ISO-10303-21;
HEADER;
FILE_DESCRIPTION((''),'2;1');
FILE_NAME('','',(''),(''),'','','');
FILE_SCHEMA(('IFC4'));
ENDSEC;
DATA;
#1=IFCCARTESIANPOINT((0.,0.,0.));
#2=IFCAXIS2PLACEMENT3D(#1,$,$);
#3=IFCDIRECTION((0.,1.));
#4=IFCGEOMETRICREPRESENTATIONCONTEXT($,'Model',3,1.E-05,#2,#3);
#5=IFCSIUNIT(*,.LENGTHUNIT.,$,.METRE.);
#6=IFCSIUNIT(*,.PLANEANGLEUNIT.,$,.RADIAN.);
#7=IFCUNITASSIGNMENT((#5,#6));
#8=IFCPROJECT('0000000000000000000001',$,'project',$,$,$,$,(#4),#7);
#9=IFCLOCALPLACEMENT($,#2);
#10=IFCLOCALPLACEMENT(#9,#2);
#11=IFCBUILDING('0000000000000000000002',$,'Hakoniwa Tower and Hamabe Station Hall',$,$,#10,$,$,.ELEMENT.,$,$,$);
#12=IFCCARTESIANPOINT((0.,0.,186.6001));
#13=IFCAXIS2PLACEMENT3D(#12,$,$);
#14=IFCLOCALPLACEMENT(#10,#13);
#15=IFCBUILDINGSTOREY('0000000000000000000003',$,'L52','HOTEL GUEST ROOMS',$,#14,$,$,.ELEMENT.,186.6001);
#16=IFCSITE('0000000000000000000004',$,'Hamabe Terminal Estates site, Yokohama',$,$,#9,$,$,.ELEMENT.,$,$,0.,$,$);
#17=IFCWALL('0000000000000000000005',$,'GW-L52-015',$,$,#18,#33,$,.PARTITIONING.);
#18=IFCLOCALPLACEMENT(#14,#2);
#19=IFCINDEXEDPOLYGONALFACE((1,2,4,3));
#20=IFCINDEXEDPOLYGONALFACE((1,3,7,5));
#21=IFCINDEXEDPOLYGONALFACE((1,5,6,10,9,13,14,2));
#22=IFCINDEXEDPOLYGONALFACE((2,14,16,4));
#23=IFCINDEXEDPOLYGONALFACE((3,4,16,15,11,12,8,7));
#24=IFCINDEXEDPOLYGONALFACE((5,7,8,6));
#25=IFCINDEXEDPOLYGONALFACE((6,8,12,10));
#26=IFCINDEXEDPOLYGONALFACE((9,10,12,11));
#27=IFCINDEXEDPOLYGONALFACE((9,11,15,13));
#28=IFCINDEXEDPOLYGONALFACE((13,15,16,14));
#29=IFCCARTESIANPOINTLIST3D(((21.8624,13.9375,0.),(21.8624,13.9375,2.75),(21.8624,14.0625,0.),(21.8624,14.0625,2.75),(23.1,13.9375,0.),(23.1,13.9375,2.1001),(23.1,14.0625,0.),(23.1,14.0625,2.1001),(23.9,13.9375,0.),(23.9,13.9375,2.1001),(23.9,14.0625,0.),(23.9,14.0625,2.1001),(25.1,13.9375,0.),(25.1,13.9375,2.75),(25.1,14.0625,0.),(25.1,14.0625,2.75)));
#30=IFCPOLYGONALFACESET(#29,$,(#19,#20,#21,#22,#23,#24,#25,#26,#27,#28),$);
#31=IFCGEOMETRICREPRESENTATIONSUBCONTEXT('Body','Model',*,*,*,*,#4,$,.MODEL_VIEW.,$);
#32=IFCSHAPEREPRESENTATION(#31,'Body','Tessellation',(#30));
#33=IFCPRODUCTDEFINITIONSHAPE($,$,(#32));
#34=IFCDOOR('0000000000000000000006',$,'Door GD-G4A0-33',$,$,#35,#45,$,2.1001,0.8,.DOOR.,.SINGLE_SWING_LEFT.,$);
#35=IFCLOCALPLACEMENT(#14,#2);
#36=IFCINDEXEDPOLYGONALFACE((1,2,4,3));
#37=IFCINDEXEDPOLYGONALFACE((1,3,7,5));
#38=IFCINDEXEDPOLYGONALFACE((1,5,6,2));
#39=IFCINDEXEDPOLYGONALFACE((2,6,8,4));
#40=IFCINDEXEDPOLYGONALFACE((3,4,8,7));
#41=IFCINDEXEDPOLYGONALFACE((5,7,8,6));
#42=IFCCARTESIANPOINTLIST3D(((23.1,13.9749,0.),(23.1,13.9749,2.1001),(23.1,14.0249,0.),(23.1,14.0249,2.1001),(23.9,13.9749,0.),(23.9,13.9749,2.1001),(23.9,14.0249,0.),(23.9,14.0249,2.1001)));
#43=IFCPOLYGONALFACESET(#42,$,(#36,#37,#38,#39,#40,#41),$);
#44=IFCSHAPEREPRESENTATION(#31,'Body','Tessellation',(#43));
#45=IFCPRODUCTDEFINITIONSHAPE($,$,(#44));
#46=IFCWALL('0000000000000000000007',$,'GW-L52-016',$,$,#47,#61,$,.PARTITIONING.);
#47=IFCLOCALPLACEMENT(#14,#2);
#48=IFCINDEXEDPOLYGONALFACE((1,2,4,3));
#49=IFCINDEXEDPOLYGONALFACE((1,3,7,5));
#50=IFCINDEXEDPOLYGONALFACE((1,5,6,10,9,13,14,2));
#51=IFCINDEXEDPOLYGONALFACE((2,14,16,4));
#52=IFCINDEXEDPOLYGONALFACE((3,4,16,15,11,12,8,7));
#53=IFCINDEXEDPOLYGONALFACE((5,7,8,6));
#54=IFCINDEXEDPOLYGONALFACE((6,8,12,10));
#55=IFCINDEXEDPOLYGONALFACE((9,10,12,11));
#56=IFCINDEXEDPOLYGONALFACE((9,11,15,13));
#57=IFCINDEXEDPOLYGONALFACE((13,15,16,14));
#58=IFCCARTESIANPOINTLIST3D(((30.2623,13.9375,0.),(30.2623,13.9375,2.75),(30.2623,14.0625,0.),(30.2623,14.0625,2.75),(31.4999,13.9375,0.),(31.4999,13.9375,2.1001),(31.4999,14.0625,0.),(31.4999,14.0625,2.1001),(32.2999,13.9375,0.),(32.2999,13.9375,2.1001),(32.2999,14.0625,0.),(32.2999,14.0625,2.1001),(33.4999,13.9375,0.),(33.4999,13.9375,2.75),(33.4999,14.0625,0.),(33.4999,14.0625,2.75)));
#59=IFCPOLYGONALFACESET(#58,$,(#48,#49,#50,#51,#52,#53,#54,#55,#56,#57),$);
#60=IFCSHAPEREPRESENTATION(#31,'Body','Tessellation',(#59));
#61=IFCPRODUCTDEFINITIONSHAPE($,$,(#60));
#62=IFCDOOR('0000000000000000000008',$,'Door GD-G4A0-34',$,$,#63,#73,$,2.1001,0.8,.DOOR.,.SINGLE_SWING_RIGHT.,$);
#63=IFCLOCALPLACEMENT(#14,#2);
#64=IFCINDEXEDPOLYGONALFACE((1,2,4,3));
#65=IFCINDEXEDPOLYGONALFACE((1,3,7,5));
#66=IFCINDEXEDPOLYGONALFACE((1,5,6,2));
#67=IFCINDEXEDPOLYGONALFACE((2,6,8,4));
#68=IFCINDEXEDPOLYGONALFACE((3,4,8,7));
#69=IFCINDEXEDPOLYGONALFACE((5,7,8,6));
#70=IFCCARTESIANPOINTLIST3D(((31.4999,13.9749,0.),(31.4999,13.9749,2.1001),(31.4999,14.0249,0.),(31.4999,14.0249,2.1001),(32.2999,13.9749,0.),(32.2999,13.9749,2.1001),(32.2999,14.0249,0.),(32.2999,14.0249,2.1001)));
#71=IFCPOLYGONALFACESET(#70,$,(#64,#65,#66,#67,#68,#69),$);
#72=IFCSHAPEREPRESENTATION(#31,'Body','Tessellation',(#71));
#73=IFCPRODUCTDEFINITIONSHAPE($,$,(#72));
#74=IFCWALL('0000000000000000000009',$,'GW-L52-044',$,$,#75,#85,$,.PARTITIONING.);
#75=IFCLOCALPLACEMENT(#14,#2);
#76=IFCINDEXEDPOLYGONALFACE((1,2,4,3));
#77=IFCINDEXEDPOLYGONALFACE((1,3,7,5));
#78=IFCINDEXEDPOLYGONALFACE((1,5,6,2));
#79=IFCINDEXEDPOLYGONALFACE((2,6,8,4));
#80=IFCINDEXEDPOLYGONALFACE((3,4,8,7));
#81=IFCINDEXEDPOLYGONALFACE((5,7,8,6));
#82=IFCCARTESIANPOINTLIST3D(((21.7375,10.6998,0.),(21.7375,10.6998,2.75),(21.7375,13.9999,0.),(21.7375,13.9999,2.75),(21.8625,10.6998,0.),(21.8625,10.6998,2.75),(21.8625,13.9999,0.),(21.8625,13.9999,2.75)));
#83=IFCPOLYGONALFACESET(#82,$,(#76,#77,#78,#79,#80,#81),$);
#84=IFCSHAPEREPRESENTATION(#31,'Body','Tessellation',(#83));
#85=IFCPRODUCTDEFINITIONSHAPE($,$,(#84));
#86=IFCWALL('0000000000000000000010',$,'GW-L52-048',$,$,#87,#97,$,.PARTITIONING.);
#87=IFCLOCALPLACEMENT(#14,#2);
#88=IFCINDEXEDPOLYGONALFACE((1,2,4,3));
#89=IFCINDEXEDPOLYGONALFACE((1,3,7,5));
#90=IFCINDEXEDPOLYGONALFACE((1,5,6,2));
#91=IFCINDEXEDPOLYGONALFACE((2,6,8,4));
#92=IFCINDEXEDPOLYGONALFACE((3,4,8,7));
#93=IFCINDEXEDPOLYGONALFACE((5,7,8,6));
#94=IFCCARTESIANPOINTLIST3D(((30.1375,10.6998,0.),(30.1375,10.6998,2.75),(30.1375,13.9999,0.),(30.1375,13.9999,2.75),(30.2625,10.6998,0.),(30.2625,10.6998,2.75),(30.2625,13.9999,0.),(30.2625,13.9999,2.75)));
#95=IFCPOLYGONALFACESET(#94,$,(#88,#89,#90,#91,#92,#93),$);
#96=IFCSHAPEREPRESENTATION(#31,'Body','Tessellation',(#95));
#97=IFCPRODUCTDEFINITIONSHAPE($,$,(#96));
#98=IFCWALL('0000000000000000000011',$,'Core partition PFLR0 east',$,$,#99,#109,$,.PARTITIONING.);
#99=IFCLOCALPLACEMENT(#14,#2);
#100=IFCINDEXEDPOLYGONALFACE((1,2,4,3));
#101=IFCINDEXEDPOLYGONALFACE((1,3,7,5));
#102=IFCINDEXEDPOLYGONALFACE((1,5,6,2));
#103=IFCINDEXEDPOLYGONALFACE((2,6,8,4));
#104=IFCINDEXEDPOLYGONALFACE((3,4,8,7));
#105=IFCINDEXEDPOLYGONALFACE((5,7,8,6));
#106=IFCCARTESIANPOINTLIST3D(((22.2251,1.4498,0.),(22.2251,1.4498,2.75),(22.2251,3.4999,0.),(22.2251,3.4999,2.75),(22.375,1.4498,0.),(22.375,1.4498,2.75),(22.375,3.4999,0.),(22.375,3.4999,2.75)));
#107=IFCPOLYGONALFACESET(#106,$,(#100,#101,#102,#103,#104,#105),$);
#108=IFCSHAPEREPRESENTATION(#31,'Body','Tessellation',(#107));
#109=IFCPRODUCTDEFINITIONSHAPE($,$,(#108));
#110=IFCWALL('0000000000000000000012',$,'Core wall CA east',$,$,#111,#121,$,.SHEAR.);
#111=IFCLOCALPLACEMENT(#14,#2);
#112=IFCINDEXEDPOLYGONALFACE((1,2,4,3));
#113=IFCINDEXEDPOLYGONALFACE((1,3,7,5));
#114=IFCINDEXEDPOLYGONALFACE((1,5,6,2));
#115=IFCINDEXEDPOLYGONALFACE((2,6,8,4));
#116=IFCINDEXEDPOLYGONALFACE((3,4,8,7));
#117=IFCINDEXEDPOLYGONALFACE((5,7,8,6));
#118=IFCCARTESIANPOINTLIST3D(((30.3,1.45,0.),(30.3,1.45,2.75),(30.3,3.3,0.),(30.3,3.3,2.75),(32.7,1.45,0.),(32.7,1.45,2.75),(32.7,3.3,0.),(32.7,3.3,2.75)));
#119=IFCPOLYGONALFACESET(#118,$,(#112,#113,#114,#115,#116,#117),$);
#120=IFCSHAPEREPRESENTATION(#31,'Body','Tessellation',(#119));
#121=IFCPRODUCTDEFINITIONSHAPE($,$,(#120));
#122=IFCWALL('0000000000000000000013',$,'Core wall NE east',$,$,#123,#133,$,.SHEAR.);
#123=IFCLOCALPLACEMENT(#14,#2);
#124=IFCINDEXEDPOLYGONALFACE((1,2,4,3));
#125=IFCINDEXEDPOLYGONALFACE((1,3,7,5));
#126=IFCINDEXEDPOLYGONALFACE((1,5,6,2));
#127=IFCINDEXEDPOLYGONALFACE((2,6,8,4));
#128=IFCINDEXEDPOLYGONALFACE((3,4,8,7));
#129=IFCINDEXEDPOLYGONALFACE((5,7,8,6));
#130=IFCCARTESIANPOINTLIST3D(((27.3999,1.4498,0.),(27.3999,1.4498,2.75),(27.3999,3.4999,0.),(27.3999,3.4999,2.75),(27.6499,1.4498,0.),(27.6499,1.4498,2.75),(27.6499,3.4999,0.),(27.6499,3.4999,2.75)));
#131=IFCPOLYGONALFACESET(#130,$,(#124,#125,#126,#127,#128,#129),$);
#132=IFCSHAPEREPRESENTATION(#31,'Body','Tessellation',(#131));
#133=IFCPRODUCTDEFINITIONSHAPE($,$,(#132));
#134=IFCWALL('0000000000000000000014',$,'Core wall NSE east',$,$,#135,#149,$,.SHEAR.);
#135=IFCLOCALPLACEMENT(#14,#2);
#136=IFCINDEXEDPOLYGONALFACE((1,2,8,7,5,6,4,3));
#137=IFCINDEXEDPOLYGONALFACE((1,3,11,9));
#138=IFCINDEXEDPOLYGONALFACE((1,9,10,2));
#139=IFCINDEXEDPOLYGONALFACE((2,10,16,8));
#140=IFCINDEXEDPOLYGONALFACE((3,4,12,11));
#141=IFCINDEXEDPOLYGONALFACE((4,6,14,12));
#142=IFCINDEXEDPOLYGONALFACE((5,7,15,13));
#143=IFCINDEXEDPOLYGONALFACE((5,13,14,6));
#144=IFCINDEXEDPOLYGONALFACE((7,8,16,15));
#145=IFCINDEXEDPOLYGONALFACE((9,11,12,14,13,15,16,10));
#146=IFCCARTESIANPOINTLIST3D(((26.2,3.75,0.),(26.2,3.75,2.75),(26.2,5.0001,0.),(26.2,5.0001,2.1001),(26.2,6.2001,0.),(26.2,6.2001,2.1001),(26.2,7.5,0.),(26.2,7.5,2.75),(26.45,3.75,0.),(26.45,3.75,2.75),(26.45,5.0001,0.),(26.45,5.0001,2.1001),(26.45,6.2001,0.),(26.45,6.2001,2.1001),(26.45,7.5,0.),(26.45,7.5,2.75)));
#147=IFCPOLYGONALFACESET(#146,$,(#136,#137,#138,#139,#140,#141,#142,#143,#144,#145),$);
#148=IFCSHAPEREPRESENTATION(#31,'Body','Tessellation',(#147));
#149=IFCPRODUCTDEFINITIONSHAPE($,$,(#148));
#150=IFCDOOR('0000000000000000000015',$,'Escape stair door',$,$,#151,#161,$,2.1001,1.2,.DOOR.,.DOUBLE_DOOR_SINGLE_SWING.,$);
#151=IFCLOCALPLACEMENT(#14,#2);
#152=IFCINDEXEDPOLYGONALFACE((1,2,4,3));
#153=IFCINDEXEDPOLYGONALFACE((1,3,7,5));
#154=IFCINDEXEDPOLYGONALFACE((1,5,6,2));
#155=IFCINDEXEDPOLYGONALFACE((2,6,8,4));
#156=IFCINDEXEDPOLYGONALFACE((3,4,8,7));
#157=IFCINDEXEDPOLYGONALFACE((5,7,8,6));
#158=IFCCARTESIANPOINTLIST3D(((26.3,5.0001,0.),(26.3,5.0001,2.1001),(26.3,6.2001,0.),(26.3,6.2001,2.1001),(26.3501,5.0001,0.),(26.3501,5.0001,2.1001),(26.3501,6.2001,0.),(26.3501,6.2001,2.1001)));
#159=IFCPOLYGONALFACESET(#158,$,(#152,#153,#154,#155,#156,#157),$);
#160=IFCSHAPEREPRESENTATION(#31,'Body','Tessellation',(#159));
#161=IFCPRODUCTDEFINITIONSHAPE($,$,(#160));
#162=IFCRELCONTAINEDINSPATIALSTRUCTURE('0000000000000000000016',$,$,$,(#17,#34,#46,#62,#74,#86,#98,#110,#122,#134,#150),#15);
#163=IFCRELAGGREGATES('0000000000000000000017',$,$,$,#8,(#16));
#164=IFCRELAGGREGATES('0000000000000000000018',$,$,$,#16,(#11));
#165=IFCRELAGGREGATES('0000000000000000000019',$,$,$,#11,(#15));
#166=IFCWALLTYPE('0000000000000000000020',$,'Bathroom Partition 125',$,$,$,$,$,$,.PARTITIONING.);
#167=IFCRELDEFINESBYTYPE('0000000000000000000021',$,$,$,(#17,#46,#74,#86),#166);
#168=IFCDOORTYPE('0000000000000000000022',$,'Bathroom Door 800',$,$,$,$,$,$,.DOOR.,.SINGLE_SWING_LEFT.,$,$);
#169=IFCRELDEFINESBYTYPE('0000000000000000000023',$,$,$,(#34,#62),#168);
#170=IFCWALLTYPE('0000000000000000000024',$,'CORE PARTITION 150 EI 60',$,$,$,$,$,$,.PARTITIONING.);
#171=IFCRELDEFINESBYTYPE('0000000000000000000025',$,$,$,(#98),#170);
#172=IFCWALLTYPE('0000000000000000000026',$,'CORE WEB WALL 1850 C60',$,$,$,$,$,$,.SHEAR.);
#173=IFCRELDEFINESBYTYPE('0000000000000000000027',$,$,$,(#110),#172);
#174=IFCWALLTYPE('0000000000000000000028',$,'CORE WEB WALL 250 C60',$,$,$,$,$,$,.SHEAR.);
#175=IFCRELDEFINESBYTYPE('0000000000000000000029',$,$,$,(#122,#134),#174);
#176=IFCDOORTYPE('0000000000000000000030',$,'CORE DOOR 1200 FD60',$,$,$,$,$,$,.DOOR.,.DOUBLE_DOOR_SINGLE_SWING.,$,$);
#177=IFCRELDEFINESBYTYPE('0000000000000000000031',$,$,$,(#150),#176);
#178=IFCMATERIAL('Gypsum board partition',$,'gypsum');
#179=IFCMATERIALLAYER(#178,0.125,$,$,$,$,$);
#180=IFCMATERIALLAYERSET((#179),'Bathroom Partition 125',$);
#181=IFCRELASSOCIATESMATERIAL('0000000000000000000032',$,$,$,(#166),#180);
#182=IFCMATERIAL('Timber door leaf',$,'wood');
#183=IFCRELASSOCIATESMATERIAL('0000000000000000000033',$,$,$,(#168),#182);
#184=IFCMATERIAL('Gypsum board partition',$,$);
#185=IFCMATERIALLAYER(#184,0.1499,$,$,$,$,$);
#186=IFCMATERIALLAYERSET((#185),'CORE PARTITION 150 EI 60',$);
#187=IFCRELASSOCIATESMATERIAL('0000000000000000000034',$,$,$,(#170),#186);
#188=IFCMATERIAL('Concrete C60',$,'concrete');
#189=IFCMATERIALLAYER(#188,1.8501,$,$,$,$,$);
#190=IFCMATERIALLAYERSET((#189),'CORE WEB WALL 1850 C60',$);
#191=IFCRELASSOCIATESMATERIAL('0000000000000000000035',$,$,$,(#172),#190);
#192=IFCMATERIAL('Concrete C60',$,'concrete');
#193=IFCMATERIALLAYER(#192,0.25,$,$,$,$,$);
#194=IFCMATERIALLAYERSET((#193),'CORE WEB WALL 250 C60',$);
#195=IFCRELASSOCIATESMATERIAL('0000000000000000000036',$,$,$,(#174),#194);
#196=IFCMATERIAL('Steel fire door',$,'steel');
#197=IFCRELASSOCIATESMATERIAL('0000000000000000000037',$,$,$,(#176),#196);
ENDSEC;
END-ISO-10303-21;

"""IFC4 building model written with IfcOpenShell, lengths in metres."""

from ifc_helpers import new_model, si_unit, direction, frame, frame_2d, origin, place, context, subcontext, project, spatial, rectangle, extrude, material, layer, layer_set, type_object, element, fill, save


model = new_model("IFC4")

# Units and contexts
model_context = context("Model", 3, precision=1e-05, world=origin(), true_north=direction((0.0, 1.0)))
body_context = subcontext(model_context, "Body", "Model", "MODEL_VIEW")
ifc_project = project(units=[si_unit("LENGTHUNIT", "METRE"), si_unit("PLANEANGLEUNIT", "RADIAN")], contexts=[model_context])

# Site, building, storey
site_placement = place(None, origin())
site = spatial("IfcSite", under=ifc_project, at=site_placement, Name="Hamabe Terminal Estates site, Yokohama", CompositionType="ELEMENT", RefElevation=0.0)
building_placement = place(site_placement, origin())
building = spatial("IfcBuilding", under=site, at=building_placement, Name="Hakoniwa Tower and Hamabe Station Hall", CompositionType="ELEMENT")
storey_placement = place(building_placement, frame((0.0, 0.0, 186.6001)))
storey = spatial("IfcBuildingStorey", under=building, at=storey_placement, Name="L52", Description="HOTEL GUEST ROOMS", CompositionType="ELEMENT", Elevation=186.6001)

# Walls, openings, doors
ifc_material_1 = material(Name="Gypsum board partition", Category="gypsum")
ifc_layer_1 = layer(ifc_material_1, 0.125)
ifc_layer_set_1 = layer_set([ifc_layer_1], Name="Bathroom Partition 125")
wall_type_1 = type_object("IfcWallType", Name="Bathroom Partition 125", PredefinedType="PARTITIONING", material=ifc_layer_set_1)
wall_1_placement = place(storey_placement, frame((21.8625, 14.0, 0.0), z_axis=(0.0, 0.0, 1.0), x_axis=(1.0, 0.0, 0.0)))
wall_1 = element("IfcWall", 1, at=wall_1_placement, inside=storey, type_object=wall_type_1, Name="GW-L52-015", PredefinedType="PARTITIONING", context=body_context, shape_type="SweptSolid", body=[
    extrude(rectangle(XDim=3.2375, YDim=0.125, at=frame_2d((1.6187, 0.0))), origin(), (0.0, 0.0, 1.0), 2.75),
])
opening_1_placement = place(wall_1_placement, frame((1.2375, 0.0, 0.0)))
opening_1 = element("IfcOpeningElement", 2, at=opening_1_placement, cuts=wall_1, PredefinedType="OPENING", context=body_context, shape_type="SweptSolid", body=[
    extrude(rectangle(XDim=0.8, YDim=2.1001, at=frame_2d((0.3999, 1.05))), frame((0.0, 0.0725, 0.0), z_axis=(0.0, -1.0, 0.0), x_axis=(1.0, 0.0, 0.0)), (0.0, 0.0, 1.0), 0.145),
])
ifc_material_2 = material(Name="Timber door leaf", Category="wood")
door_type_1 = type_object("IfcDoorType", Name="Bathroom Door 800", OperationType="SINGLE_SWING_LEFT", PredefinedType="DOOR", material=ifc_material_2)
door_1_placement = place(opening_1_placement, origin())
door_1 = element("IfcDoor", 3, at=door_1_placement, inside=storey, type_object=door_type_1, Name="Door GD-G4A0-33", OperationType="SINGLE_SWING_LEFT", OverallHeight=2.1001, OverallWidth=0.8, PredefinedType="DOOR", context=body_context, shape_type="SweptSolid", body=[
    extrude(rectangle(XDim=0.8, YDim=2.1001, at=frame_2d((0.3999, 1.05))), frame((0.0, 0.0249, 0.0), z_axis=(0.0, -1.0, 0.0), x_axis=(1.0, 0.0, 0.0)), (0.0, 0.0, 1.0), 0.05),
])
fill(opening_1, door_1)
wall_2_placement = place(storey_placement, frame((30.2625, 14.0, 0.0), z_axis=(0.0, 0.0, 1.0), x_axis=(1.0, 0.0, 0.0)))
wall_2 = element("IfcWall", 4, at=wall_2_placement, inside=storey, type_object=wall_type_1, Name="GW-L52-016", PredefinedType="PARTITIONING", context=body_context, shape_type="SweptSolid", body=[
    extrude(rectangle(XDim=3.2375, YDim=0.125, at=frame_2d((1.6187, 0.0))), origin(), (0.0, 0.0, 1.0), 2.75),
])
opening_2_placement = place(wall_2_placement, frame((1.2375, 0.0, 0.0)))
opening_2 = element("IfcOpeningElement", 5, at=opening_2_placement, cuts=wall_2, PredefinedType="OPENING", context=body_context, shape_type="SweptSolid", body=[
    extrude(rectangle(XDim=0.8, YDim=2.1001, at=frame_2d((0.3999, 1.05))), frame((0.0, 0.0725, 0.0), z_axis=(0.0, -1.0, 0.0), x_axis=(1.0, 0.0, 0.0)), (0.0, 0.0, 1.0), 0.145),
])
door_2_placement = place(opening_2_placement, origin())
door_2 = element("IfcDoor", 6, at=door_2_placement, inside=storey, type_object=door_type_1, Name="Door GD-G4A0-34", OperationType="SINGLE_SWING_RIGHT", OverallHeight=2.1001, OverallWidth=0.8, PredefinedType="DOOR", context=body_context, shape_type="SweptSolid", body=[
    extrude(rectangle(XDim=0.8, YDim=2.1001, at=frame_2d((0.3999, 1.05))), frame((0.0, 0.0249, 0.0), z_axis=(0.0, -1.0, 0.0), x_axis=(1.0, 0.0, 0.0)), (0.0, 0.0, 1.0), 0.05),
])
fill(opening_2, door_2)

# Walls
for number, where, z_axis, x_axis, name in (
    (7, (21.8, 10.7, 0.0), (0.0, 0.0, 1.0), (0.0, 1.0, 0.0), "GW-L52-044"),
    (8, (30.2, 10.7, 0.0), (0.0, 0.0, 1.0), (0.0, 1.0, 0.0), "GW-L52-048"),
):
    element("IfcWall", number, at=place(storey_placement, frame(where, z_axis=z_axis, x_axis=x_axis)), inside=storey, type_object=wall_type_1, Name=name, PredefinedType="PARTITIONING", context=body_context, shape_type="SweptSolid", body=[
        extrude(rectangle(XDim=3.3, YDim=0.125, at=frame_2d((1.6499, 0.0))), origin(), (0.0, 0.0, 1.0), 2.75),
    ])
ifc_material_3 = material(Name="Gypsum board partition")
ifc_layer_2 = layer(ifc_material_3, 0.1499)
ifc_layer_set_2 = layer_set([ifc_layer_2], Name="CORE PARTITION 150 EI 60")
wall_type_2 = type_object("IfcWallType", Name="CORE PARTITION 150 EI 60", PredefinedType="PARTITIONING", material=ifc_layer_set_2)
wall_3_placement = place(storey_placement, frame((22.3, 1.45, 0.0), z_axis=(0.0, 0.0, 1.0), x_axis=(0.0, 1.0, 0.0)))
element("IfcWall", 9, at=wall_3_placement, inside=storey, type_object=wall_type_2, Name="Core partition PFLR0 east", PredefinedType="PARTITIONING", context=body_context, shape_type="SweptSolid", body=[
    extrude(rectangle(XDim=2.05, YDim=0.1499, at=frame_2d((1.0249, 0.0))), origin(), (0.0, 0.0, 1.0), 2.75),
])
ifc_material_4 = material(Name="Concrete C60", Category="concrete")
ifc_layer_3 = layer(ifc_material_4, 1.8501)
ifc_layer_set_3 = layer_set([ifc_layer_3], Name="CORE WEB WALL 1850 C60")
wall_type_3 = type_object("IfcWallType", Name="CORE WEB WALL 1850 C60", PredefinedType="SHEAR", material=ifc_layer_set_3)
wall_4_placement = place(storey_placement, frame((30.3, 2.375, 0.0), z_axis=(0.0, 0.0, 1.0), x_axis=(1.0, 0.0, 0.0)))
element("IfcWall", 10, at=wall_4_placement, inside=storey, type_object=wall_type_3, Name="Core wall CA east", PredefinedType="SHEAR", context=body_context, shape_type="SweptSolid", body=[
    extrude(rectangle(XDim=2.3999, YDim=1.8501, at=frame_2d((1.2, 0.0))), origin(), (0.0, 0.0, 1.0), 2.75),
])
ifc_material_5 = material(Name="Concrete C60", Category="concrete")
ifc_layer_4 = layer(ifc_material_5, 0.25)
ifc_layer_set_4 = layer_set([ifc_layer_4], Name="CORE WEB WALL 250 C60")
wall_type_4 = type_object("IfcWallType", Name="CORE WEB WALL 250 C60", PredefinedType="SHEAR", material=ifc_layer_set_4)
wall_5_placement = place(storey_placement, frame((27.5249, 1.45, 0.0), z_axis=(0.0, 0.0, 1.0), x_axis=(0.0, 1.0, 0.0)))
element("IfcWall", 11, at=wall_5_placement, inside=storey, type_object=wall_type_4, Name="Core wall NE east", PredefinedType="SHEAR", context=body_context, shape_type="SweptSolid", body=[
    extrude(rectangle(XDim=2.05, YDim=0.25, at=frame_2d((1.0249, 0.0))), origin(), (0.0, 0.0, 1.0), 2.75),
])

# Wall, opening, door
wall_6_placement = place(storey_placement, frame((26.325, 3.75, 0.0), z_axis=(0.0, 0.0, 1.0), x_axis=(0.0, 1.0, 0.0)))
wall_6 = element("IfcWall", 12, at=wall_6_placement, inside=storey, type_object=wall_type_4, Name="Core wall NSE east", PredefinedType="SHEAR", context=body_context, shape_type="SweptSolid", body=[
    extrude(rectangle(XDim=3.75, YDim=0.25, at=frame_2d((1.875, 0.0))), origin(), (0.0, 0.0, 1.0), 2.75),
])
opening_3_placement = place(wall_6_placement, frame((1.25, 0.0, 0.0)))
opening_3 = element("IfcOpeningElement", 13, at=opening_3_placement, cuts=wall_6, PredefinedType="OPENING", context=body_context, shape_type="SweptSolid", body=[
    extrude(rectangle(XDim=1.2, YDim=2.1001, at=frame_2d((0.6001, 1.05))), frame((0.0, 0.135, 0.0), z_axis=(0.0, -1.0, 0.0), x_axis=(1.0, 0.0, 0.0)), (0.0, 0.0, 1.0), 0.27),
])
ifc_material_6 = material(Name="Steel fire door", Category="steel")
door_type_2 = type_object("IfcDoorType", Name="CORE DOOR 1200 FD60", OperationType="DOUBLE_DOOR_SINGLE_SWING", PredefinedType="DOOR", material=ifc_material_6)
door_3_placement = place(opening_3_placement, origin())
door_3 = element("IfcDoor", 14, at=door_3_placement, inside=storey, type_object=door_type_2, Name="Escape stair door", OperationType="DOUBLE_DOOR_SINGLE_SWING", OverallHeight=2.1001, OverallWidth=1.2, PredefinedType="DOOR", context=body_context, shape_type="SweptSolid", body=[
    extrude(rectangle(XDim=1.2, YDim=2.1001, at=frame_2d((0.6001, 1.05))), frame((0.0, 0.0249, 0.0), z_axis=(0.0, -1.0, 0.0), x_axis=(1.0, 0.0, 0.0)), (0.0, 0.0, 1.0), 0.05),
])
fill(opening_3, door_3)

save(model, "model.ifc")
